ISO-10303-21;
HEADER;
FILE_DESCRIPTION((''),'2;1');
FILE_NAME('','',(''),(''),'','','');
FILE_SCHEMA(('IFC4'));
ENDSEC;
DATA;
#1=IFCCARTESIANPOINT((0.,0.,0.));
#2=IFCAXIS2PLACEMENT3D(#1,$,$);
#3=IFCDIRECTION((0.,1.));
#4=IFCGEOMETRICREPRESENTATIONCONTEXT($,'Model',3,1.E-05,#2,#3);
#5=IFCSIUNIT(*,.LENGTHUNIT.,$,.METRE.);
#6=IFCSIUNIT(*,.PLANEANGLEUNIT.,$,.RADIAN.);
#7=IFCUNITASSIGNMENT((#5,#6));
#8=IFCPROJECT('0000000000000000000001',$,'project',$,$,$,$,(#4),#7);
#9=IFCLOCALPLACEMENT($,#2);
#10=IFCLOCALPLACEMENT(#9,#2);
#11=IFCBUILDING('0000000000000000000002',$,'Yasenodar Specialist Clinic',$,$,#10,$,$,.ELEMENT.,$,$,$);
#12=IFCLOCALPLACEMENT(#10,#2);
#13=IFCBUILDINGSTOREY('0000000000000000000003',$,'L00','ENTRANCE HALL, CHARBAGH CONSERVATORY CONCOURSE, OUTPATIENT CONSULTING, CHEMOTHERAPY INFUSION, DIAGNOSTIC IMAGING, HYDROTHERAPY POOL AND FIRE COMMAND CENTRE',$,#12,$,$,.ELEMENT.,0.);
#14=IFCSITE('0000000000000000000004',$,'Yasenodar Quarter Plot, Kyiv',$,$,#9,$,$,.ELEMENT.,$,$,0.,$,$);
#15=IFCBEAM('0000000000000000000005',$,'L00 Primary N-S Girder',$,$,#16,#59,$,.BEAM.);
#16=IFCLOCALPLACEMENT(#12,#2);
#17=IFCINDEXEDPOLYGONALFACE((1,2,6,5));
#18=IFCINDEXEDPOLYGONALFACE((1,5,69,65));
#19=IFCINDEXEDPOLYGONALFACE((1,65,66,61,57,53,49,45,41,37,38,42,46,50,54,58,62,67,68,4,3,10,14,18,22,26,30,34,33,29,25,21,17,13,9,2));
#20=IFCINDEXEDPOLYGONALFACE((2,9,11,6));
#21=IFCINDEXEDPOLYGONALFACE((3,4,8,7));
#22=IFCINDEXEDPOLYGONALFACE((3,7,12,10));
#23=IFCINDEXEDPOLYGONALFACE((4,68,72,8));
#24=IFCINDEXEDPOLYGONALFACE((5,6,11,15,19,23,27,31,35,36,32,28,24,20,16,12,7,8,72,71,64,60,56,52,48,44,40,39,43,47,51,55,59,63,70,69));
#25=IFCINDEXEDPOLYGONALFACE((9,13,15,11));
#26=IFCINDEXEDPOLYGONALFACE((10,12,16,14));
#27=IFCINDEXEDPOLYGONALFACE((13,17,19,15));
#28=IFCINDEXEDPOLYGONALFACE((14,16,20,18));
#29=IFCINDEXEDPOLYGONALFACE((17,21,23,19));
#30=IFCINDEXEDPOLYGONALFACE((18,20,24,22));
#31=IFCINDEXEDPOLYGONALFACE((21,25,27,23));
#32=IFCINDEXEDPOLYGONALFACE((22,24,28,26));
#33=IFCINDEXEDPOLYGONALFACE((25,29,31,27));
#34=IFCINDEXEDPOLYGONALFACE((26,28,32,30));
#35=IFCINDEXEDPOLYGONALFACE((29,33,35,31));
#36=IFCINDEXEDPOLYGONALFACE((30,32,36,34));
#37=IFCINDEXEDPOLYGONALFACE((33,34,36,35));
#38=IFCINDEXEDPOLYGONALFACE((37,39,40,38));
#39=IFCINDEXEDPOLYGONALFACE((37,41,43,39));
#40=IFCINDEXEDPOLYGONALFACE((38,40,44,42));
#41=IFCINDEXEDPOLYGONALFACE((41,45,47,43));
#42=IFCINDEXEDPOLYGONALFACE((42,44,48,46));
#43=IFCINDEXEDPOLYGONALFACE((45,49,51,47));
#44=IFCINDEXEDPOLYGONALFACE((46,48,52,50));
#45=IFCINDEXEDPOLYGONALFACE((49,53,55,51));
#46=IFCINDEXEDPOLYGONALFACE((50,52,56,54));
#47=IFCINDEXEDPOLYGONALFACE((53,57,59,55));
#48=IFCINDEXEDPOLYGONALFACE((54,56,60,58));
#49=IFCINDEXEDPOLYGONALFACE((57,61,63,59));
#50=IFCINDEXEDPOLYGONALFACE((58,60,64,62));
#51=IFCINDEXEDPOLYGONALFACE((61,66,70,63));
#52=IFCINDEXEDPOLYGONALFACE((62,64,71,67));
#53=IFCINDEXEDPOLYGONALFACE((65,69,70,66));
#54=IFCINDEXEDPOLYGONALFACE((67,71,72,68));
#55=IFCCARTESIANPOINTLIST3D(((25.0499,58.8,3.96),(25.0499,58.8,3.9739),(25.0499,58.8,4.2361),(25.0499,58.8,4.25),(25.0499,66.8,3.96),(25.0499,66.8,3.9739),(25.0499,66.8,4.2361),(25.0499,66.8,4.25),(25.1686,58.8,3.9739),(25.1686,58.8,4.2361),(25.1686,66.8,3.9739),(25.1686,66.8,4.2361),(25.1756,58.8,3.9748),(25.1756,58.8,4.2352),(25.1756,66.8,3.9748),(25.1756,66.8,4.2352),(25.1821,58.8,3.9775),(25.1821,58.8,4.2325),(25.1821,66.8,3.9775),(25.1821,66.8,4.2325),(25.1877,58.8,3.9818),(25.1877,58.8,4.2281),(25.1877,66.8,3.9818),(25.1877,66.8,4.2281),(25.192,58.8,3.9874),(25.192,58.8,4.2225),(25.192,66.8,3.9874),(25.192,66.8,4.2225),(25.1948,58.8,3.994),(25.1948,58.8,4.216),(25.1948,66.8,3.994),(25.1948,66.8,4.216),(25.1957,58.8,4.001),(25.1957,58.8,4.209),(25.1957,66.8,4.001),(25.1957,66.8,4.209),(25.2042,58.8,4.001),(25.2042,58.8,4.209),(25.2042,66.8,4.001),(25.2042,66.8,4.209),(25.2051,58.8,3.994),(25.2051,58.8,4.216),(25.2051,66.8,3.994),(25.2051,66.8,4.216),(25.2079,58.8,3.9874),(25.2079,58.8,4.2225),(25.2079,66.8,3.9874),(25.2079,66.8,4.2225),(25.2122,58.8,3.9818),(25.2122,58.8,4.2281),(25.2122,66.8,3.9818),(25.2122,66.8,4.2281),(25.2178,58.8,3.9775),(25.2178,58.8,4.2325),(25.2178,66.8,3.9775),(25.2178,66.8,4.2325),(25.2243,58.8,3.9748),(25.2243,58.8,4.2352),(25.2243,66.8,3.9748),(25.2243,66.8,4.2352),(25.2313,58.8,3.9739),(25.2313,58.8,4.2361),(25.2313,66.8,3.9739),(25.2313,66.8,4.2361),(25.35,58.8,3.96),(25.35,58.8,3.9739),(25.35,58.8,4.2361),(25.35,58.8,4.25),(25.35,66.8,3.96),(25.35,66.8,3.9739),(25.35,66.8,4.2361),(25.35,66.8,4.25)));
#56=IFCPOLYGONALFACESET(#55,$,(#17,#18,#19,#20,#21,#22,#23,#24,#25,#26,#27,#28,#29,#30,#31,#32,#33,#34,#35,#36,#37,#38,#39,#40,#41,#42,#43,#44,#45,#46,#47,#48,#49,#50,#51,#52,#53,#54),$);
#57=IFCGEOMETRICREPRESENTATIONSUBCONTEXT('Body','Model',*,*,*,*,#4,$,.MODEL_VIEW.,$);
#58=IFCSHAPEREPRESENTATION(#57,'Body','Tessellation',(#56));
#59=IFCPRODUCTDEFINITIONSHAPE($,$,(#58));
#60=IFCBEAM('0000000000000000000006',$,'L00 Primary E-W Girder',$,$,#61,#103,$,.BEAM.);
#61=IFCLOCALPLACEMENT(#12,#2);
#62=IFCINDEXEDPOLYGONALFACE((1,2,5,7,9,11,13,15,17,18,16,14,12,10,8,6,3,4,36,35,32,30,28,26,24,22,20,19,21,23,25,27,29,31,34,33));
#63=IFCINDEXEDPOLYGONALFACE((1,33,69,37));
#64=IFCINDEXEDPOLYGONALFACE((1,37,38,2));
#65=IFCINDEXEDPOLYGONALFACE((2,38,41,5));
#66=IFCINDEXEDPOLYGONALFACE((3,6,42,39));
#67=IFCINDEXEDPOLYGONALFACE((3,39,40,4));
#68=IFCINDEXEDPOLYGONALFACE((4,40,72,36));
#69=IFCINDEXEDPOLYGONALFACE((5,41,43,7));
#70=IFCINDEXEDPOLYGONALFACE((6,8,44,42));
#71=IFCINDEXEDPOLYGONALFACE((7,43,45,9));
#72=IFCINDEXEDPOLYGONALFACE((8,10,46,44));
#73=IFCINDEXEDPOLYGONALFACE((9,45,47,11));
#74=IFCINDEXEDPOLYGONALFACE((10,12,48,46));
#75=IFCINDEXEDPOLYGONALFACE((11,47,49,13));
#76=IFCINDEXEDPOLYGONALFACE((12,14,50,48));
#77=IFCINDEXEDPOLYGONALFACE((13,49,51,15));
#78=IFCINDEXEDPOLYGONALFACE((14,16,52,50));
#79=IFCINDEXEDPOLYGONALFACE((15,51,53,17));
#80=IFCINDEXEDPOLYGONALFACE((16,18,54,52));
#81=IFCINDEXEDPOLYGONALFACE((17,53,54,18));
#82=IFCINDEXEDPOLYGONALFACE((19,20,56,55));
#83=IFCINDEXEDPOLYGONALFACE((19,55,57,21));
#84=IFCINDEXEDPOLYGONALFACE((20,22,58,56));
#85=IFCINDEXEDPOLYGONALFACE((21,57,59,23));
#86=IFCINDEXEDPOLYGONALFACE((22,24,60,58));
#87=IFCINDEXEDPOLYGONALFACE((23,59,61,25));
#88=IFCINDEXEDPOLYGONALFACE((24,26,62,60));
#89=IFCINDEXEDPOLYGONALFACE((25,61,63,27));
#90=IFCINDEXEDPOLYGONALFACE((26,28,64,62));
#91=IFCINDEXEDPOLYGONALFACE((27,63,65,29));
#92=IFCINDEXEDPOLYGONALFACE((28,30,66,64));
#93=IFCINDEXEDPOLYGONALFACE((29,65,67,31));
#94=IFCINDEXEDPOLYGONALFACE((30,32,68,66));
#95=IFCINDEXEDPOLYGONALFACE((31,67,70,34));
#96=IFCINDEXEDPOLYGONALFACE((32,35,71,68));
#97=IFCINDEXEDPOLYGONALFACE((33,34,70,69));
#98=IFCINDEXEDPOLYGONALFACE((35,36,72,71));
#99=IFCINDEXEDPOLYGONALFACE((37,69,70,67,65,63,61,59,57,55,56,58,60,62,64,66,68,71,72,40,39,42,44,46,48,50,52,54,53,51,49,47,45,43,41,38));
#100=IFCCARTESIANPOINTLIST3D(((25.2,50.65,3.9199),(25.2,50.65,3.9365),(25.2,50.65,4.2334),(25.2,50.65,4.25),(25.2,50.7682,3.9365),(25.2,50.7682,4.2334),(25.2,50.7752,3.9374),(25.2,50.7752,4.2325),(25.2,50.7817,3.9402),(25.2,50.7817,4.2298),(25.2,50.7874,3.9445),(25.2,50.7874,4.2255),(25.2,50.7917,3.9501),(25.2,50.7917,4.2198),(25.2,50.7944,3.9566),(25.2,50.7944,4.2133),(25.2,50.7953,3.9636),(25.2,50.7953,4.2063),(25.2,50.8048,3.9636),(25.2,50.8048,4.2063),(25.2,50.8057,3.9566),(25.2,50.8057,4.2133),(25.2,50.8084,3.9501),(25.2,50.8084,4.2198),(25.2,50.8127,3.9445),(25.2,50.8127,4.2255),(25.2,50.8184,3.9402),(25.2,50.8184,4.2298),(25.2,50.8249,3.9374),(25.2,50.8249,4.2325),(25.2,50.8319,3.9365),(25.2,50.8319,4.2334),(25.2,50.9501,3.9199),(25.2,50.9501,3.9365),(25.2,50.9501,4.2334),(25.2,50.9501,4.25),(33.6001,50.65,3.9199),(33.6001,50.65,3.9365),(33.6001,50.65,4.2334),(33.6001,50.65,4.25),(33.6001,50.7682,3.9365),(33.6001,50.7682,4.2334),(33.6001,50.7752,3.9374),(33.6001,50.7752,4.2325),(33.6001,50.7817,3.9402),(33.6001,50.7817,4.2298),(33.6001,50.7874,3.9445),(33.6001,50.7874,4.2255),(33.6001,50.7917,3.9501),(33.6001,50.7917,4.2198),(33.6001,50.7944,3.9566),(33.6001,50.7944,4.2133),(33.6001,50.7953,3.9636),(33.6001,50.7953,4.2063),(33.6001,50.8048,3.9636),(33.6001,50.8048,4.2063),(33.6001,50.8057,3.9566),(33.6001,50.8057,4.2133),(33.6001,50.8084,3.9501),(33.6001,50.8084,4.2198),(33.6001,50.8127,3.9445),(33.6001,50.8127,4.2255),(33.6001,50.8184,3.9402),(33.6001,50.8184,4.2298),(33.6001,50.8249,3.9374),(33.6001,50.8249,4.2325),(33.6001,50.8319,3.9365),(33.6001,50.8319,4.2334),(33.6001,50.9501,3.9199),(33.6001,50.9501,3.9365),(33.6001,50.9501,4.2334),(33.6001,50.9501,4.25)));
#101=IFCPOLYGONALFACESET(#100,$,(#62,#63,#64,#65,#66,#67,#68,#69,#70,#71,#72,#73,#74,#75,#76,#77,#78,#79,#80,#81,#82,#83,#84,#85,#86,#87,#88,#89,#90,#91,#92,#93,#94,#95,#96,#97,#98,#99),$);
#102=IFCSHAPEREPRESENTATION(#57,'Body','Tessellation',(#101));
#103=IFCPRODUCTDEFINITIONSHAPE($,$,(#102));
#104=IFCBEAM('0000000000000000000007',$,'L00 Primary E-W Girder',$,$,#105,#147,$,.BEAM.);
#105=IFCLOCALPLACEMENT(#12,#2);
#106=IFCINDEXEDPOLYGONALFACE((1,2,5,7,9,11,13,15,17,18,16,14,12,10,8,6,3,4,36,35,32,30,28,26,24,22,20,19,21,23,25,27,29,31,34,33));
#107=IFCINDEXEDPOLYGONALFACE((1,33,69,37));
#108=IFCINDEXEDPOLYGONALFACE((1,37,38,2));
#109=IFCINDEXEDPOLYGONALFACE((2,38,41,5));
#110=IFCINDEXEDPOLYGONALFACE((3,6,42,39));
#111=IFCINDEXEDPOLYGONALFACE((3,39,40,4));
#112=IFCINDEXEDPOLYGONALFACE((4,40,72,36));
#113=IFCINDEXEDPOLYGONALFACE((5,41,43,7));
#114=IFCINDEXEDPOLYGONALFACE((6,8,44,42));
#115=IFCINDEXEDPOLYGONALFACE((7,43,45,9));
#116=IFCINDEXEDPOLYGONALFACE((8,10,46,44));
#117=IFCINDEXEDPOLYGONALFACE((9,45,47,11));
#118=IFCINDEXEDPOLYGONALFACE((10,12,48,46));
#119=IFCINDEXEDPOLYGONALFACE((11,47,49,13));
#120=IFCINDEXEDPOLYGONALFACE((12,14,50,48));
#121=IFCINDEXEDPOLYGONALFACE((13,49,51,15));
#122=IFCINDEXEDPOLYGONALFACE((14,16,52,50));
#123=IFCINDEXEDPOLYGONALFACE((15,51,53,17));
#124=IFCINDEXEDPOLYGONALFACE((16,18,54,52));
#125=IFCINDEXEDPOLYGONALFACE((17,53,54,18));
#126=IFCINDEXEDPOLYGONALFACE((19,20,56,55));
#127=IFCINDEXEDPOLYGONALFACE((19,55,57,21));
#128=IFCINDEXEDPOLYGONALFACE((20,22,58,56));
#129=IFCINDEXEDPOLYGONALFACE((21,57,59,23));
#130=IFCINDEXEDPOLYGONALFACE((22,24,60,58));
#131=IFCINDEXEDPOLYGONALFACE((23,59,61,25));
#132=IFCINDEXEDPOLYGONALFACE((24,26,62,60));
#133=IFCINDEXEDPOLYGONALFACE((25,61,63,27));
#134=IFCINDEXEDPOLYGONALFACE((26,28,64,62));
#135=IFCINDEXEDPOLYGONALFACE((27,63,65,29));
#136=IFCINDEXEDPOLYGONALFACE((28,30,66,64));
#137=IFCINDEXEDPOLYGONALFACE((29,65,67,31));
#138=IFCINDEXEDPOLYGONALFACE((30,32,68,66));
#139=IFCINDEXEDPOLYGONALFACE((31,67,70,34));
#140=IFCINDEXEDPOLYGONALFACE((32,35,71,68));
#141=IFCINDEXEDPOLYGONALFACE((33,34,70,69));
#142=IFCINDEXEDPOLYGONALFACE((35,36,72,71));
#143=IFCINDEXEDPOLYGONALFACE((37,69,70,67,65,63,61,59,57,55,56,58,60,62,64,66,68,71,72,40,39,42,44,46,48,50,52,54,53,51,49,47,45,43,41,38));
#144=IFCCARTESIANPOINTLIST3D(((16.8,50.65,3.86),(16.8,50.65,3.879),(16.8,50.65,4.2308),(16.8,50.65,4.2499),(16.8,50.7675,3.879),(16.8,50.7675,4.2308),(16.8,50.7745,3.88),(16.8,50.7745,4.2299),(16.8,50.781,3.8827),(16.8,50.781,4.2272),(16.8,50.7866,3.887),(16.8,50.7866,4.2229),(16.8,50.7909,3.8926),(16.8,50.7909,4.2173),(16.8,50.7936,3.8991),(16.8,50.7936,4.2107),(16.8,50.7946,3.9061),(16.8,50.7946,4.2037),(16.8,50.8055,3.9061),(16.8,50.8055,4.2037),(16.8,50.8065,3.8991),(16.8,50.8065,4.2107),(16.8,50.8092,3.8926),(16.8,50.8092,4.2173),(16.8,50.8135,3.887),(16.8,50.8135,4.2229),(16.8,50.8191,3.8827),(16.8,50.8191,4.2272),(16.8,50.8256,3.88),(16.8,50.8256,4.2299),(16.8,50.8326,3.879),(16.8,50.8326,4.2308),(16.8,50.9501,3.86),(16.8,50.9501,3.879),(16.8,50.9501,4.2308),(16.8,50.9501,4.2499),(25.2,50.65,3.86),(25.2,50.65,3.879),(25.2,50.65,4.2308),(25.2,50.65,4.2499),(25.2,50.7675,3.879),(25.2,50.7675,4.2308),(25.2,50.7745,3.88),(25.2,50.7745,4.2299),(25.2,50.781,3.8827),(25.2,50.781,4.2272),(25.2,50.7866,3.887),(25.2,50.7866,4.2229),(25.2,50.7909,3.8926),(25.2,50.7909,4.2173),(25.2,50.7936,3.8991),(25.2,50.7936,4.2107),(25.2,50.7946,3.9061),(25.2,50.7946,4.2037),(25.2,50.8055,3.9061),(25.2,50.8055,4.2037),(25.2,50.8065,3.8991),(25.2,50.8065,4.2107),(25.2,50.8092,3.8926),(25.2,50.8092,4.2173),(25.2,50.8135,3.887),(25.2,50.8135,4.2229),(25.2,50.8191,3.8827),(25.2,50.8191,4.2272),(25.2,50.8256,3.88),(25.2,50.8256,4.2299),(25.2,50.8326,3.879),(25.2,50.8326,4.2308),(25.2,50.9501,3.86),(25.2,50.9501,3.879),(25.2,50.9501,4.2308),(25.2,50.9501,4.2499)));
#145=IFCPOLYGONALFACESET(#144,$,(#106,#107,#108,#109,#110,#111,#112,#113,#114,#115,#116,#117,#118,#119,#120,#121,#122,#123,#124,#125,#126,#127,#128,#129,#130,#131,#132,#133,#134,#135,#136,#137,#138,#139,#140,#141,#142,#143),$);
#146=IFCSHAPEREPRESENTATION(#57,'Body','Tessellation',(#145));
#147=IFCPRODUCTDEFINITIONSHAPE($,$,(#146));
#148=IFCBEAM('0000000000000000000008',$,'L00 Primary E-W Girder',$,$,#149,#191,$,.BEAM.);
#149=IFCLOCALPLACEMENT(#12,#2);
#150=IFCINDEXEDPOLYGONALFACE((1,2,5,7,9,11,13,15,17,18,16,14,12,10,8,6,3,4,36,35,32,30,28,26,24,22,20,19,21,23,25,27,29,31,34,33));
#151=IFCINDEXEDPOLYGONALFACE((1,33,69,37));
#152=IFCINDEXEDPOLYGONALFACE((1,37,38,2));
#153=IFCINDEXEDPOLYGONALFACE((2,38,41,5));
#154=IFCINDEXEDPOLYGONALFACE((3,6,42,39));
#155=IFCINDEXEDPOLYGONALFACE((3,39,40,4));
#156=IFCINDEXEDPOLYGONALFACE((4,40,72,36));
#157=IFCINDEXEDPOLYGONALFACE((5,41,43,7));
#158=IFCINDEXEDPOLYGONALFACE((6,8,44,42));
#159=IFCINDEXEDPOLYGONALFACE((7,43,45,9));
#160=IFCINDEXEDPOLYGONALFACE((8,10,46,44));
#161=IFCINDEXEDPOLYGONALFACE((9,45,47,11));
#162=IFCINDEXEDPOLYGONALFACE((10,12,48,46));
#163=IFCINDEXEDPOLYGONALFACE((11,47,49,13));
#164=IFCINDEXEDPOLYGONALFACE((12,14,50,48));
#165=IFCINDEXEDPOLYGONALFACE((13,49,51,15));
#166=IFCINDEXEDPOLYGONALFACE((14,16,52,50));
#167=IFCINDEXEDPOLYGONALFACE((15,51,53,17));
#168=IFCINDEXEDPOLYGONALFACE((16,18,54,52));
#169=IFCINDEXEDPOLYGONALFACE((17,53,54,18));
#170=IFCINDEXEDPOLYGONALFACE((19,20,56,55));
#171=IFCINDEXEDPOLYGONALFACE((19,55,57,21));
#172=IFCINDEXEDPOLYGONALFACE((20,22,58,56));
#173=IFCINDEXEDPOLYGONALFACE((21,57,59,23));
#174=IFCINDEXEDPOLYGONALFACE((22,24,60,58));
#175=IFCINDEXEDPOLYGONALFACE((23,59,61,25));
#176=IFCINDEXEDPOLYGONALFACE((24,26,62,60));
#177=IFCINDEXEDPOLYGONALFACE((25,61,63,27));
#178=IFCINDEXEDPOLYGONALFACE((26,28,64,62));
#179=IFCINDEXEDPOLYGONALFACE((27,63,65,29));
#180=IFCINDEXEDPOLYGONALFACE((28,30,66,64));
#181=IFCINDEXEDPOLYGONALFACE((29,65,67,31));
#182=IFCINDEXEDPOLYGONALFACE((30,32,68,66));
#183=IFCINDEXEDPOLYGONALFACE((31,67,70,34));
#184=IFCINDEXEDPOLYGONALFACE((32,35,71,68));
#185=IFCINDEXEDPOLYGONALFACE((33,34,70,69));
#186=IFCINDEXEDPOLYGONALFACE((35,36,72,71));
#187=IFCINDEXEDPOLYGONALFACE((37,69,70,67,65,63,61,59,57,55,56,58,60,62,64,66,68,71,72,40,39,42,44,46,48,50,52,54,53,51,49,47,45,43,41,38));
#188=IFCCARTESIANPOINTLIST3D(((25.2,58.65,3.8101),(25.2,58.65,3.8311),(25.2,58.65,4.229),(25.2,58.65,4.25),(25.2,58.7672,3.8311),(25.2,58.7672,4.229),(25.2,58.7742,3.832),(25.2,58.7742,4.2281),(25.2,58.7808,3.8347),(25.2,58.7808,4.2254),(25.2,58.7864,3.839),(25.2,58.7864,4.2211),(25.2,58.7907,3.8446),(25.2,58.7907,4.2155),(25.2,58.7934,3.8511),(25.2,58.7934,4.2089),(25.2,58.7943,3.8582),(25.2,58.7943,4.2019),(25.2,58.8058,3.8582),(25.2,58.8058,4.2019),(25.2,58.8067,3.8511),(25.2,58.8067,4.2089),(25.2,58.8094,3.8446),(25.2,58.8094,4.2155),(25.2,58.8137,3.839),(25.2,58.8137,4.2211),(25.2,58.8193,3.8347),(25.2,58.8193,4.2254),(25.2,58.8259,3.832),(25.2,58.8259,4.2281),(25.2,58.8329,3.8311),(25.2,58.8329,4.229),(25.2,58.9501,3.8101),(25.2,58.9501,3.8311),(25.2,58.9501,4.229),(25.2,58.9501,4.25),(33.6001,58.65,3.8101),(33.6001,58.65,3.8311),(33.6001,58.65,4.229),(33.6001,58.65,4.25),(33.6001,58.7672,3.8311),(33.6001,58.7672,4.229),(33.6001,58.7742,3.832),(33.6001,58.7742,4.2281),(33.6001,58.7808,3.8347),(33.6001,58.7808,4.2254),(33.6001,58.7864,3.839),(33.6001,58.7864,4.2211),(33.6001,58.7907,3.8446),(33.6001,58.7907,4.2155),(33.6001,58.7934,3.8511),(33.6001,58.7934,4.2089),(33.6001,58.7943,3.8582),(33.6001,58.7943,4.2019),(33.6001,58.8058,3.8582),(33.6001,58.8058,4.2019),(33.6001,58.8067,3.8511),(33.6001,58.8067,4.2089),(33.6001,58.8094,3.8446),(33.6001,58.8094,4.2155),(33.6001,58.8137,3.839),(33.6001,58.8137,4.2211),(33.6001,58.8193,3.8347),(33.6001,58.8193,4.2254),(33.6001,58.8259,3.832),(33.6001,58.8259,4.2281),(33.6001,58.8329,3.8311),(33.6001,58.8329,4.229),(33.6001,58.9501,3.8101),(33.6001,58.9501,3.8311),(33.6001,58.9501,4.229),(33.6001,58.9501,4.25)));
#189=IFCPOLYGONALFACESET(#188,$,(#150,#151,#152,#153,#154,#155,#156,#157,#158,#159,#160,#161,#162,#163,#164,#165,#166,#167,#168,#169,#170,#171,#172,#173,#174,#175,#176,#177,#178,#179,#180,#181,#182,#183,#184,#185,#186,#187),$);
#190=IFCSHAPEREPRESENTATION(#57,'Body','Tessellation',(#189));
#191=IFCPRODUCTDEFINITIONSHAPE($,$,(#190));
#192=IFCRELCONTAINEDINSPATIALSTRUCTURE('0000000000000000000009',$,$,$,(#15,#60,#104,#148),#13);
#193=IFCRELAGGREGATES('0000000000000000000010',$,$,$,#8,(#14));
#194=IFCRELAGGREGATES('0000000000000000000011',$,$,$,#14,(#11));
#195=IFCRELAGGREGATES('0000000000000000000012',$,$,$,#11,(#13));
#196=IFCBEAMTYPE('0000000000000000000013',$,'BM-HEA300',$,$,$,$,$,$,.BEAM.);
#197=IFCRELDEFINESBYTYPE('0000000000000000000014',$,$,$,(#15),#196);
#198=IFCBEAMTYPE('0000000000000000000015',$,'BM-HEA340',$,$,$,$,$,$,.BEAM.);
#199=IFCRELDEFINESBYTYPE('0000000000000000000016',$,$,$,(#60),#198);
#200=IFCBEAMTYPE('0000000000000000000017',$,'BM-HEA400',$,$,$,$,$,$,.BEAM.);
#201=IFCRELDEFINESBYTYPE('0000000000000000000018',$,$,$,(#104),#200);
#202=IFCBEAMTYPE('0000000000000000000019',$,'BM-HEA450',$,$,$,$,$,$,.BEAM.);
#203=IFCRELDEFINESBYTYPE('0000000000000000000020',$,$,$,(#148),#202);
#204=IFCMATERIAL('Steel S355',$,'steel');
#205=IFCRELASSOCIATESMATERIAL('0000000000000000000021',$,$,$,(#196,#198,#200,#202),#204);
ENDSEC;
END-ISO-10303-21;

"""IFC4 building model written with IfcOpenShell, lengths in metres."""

from ifc_helpers import new_model, si_unit, direction, frame, origin, origin_2d, place, context, subcontext, project, spatial, i_section, extrude, material, material_profile, profile_set, type_object, element, save


model = new_model("IFC4")

# Units and contexts
model_context = context("Model", 3, precision=1e-05, world=origin(), true_north=direction((0.0, 1.0)))
body_context = subcontext(model_context, "Body", "Model", "MODEL_VIEW")
ifc_project = project(units=[si_unit("LENGTHUNIT", "METRE"), si_unit("PLANEANGLEUNIT", "RADIAN")], contexts=[model_context])

# Site, building, storey
site_placement = place(None, origin())
site = spatial("IfcSite", under=ifc_project, at=site_placement, Name="Yasenodar Quarter Plot, Kyiv", CompositionType="ELEMENT", RefElevation=0.0)
building_placement = place(site_placement, origin())
building = spatial("IfcBuilding", under=site, at=building_placement, Name="Yasenodar Specialist Clinic", CompositionType="ELEMENT")
storey_placement = place(building_placement, origin())
storey = spatial("IfcBuildingStorey", under=building, at=storey_placement, Name="L00", Description="ENTRANCE HALL, CHARBAGH CONSERVATORY CONCOURSE, OUTPATIENT CONSULTING, CHEMOTHERAPY INFUSION, DIAGNOSTIC IMAGING, HYDROTHERAPY POOL AND FIRE COMMAND CENTRE", CompositionType="ELEMENT", Elevation=0.0)

# Shared definitions
ifc_material_1 = material(Name="Steel S355", Category="steel")

# Beams
ifc_material_profile_1 = material_profile(ifc_material_1, i_section(OverallWidth=0.3, OverallDepth=0.29, WebThickness=0.0085, FlangeThickness=0.0139, FilletRadius=0.0271, at=origin_2d()), Name="HEA 300")
ifc_profile_set_1 = profile_set([ifc_material_profile_1], Name="Steel S355")
beam_type_1 = type_object("IfcBeamType", Name="BM-HEA300", PredefinedType="BEAM", material=ifc_profile_set_1)
beam_1_placement = place(storey_placement, frame((25.2, 58.8, 4.105), z_axis=(0.0, 1.0, 0.0), x_axis=(-1.0, 0.0, 0.0)))
element("IfcBeam", 1, at=beam_1_placement, inside=storey, type_object=beam_type_1, Name="L00 Primary N-S Girder", PredefinedType="BEAM", context=body_context, shape_type="SweptSolid", body=[
    extrude(i_section(OverallWidth=0.3, OverallDepth=0.29, WebThickness=0.0085, FlangeThickness=0.0139, FilletRadius=0.0271, at=origin_2d()), origin(), (0.0, 0.0, 1.0), 8.0),
])
ifc_material_profile_2 = material_profile(ifc_material_1, i_section(OverallWidth=0.3, OverallDepth=0.3301, WebThickness=0.0095, FlangeThickness=0.0166, FilletRadius=0.0271, at=origin_2d()), Name="HEA 340")
ifc_profile_set_2 = profile_set([ifc_material_profile_2], Name="Steel S355")
beam_type_2 = type_object("IfcBeamType", Name="BM-HEA340", PredefinedType="BEAM", material=ifc_profile_set_2)
beam_2_placement = place(storey_placement, frame((25.2, 50.8, 4.085), z_axis=(1.0, 0.0, 0.0), x_axis=(0.0, 1.0, 0.0)))
element("IfcBeam", 2, at=beam_2_placement, inside=storey, type_object=beam_type_2, Name="L00 Primary E-W Girder", PredefinedType="BEAM", context=body_context, shape_type="SweptSolid", body=[
    extrude(i_section(OverallWidth=0.3, OverallDepth=0.3301, WebThickness=0.0095, FlangeThickness=0.0166, FilletRadius=0.0271, at=origin_2d()), origin(), (0.0, 0.0, 1.0), 8.4001),
])
ifc_material_profile_3 = material_profile(ifc_material_1, i_section(OverallWidth=0.3, OverallDepth=0.3899, WebThickness=0.011, FlangeThickness=0.019, FilletRadius=0.0271, at=origin_2d()), Name="HEA 400")
ifc_profile_set_3 = profile_set([ifc_material_profile_3], Name="Steel S355")
beam_type_3 = type_object("IfcBeamType", Name="BM-HEA400", PredefinedType="BEAM", material=ifc_profile_set_3)
beam_3_placement = place(storey_placement, frame((16.8, 50.8, 4.0549), z_axis=(1.0, 0.0, 0.0), x_axis=(0.0, 1.0, 0.0)))
element("IfcBeam", 3, at=beam_3_placement, inside=storey, type_object=beam_type_3, Name="L00 Primary E-W Girder", PredefinedType="BEAM", context=body_context, shape_type="SweptSolid", body=[
    extrude(i_section(OverallWidth=0.3, OverallDepth=0.3899, WebThickness=0.011, FlangeThickness=0.019, FilletRadius=0.0271, at=origin_2d()), origin(), (0.0, 0.0, 1.0), 8.3999),
])
ifc_material_profile_4 = material_profile(ifc_material_1, i_section(OverallWidth=0.3, OverallDepth=0.4399, WebThickness=0.0115, FlangeThickness=0.021, FilletRadius=0.0271, at=origin_2d()), Name="HEA 450")
ifc_profile_set_4 = profile_set([ifc_material_profile_4], Name="Steel S355")
beam_type_4 = type_object("IfcBeamType", Name="BM-HEA450", PredefinedType="BEAM", material=ifc_profile_set_4)
beam_4_placement = place(storey_placement, frame((25.2, 58.8, 4.03), z_axis=(1.0, 0.0, 0.0), x_axis=(0.0, 1.0, 0.0)))
element("IfcBeam", 4, at=beam_4_placement, inside=storey, type_object=beam_type_4, Name="L00 Primary E-W Girder", PredefinedType="BEAM", context=body_context, shape_type="SweptSolid", body=[
    extrude(i_section(OverallWidth=0.3, OverallDepth=0.4399, WebThickness=0.0115, FlangeThickness=0.021, FilletRadius=0.0271, at=origin_2d()), origin(), (0.0, 0.0, 1.0), 8.4001),
])

save(model, "model.ifc")
